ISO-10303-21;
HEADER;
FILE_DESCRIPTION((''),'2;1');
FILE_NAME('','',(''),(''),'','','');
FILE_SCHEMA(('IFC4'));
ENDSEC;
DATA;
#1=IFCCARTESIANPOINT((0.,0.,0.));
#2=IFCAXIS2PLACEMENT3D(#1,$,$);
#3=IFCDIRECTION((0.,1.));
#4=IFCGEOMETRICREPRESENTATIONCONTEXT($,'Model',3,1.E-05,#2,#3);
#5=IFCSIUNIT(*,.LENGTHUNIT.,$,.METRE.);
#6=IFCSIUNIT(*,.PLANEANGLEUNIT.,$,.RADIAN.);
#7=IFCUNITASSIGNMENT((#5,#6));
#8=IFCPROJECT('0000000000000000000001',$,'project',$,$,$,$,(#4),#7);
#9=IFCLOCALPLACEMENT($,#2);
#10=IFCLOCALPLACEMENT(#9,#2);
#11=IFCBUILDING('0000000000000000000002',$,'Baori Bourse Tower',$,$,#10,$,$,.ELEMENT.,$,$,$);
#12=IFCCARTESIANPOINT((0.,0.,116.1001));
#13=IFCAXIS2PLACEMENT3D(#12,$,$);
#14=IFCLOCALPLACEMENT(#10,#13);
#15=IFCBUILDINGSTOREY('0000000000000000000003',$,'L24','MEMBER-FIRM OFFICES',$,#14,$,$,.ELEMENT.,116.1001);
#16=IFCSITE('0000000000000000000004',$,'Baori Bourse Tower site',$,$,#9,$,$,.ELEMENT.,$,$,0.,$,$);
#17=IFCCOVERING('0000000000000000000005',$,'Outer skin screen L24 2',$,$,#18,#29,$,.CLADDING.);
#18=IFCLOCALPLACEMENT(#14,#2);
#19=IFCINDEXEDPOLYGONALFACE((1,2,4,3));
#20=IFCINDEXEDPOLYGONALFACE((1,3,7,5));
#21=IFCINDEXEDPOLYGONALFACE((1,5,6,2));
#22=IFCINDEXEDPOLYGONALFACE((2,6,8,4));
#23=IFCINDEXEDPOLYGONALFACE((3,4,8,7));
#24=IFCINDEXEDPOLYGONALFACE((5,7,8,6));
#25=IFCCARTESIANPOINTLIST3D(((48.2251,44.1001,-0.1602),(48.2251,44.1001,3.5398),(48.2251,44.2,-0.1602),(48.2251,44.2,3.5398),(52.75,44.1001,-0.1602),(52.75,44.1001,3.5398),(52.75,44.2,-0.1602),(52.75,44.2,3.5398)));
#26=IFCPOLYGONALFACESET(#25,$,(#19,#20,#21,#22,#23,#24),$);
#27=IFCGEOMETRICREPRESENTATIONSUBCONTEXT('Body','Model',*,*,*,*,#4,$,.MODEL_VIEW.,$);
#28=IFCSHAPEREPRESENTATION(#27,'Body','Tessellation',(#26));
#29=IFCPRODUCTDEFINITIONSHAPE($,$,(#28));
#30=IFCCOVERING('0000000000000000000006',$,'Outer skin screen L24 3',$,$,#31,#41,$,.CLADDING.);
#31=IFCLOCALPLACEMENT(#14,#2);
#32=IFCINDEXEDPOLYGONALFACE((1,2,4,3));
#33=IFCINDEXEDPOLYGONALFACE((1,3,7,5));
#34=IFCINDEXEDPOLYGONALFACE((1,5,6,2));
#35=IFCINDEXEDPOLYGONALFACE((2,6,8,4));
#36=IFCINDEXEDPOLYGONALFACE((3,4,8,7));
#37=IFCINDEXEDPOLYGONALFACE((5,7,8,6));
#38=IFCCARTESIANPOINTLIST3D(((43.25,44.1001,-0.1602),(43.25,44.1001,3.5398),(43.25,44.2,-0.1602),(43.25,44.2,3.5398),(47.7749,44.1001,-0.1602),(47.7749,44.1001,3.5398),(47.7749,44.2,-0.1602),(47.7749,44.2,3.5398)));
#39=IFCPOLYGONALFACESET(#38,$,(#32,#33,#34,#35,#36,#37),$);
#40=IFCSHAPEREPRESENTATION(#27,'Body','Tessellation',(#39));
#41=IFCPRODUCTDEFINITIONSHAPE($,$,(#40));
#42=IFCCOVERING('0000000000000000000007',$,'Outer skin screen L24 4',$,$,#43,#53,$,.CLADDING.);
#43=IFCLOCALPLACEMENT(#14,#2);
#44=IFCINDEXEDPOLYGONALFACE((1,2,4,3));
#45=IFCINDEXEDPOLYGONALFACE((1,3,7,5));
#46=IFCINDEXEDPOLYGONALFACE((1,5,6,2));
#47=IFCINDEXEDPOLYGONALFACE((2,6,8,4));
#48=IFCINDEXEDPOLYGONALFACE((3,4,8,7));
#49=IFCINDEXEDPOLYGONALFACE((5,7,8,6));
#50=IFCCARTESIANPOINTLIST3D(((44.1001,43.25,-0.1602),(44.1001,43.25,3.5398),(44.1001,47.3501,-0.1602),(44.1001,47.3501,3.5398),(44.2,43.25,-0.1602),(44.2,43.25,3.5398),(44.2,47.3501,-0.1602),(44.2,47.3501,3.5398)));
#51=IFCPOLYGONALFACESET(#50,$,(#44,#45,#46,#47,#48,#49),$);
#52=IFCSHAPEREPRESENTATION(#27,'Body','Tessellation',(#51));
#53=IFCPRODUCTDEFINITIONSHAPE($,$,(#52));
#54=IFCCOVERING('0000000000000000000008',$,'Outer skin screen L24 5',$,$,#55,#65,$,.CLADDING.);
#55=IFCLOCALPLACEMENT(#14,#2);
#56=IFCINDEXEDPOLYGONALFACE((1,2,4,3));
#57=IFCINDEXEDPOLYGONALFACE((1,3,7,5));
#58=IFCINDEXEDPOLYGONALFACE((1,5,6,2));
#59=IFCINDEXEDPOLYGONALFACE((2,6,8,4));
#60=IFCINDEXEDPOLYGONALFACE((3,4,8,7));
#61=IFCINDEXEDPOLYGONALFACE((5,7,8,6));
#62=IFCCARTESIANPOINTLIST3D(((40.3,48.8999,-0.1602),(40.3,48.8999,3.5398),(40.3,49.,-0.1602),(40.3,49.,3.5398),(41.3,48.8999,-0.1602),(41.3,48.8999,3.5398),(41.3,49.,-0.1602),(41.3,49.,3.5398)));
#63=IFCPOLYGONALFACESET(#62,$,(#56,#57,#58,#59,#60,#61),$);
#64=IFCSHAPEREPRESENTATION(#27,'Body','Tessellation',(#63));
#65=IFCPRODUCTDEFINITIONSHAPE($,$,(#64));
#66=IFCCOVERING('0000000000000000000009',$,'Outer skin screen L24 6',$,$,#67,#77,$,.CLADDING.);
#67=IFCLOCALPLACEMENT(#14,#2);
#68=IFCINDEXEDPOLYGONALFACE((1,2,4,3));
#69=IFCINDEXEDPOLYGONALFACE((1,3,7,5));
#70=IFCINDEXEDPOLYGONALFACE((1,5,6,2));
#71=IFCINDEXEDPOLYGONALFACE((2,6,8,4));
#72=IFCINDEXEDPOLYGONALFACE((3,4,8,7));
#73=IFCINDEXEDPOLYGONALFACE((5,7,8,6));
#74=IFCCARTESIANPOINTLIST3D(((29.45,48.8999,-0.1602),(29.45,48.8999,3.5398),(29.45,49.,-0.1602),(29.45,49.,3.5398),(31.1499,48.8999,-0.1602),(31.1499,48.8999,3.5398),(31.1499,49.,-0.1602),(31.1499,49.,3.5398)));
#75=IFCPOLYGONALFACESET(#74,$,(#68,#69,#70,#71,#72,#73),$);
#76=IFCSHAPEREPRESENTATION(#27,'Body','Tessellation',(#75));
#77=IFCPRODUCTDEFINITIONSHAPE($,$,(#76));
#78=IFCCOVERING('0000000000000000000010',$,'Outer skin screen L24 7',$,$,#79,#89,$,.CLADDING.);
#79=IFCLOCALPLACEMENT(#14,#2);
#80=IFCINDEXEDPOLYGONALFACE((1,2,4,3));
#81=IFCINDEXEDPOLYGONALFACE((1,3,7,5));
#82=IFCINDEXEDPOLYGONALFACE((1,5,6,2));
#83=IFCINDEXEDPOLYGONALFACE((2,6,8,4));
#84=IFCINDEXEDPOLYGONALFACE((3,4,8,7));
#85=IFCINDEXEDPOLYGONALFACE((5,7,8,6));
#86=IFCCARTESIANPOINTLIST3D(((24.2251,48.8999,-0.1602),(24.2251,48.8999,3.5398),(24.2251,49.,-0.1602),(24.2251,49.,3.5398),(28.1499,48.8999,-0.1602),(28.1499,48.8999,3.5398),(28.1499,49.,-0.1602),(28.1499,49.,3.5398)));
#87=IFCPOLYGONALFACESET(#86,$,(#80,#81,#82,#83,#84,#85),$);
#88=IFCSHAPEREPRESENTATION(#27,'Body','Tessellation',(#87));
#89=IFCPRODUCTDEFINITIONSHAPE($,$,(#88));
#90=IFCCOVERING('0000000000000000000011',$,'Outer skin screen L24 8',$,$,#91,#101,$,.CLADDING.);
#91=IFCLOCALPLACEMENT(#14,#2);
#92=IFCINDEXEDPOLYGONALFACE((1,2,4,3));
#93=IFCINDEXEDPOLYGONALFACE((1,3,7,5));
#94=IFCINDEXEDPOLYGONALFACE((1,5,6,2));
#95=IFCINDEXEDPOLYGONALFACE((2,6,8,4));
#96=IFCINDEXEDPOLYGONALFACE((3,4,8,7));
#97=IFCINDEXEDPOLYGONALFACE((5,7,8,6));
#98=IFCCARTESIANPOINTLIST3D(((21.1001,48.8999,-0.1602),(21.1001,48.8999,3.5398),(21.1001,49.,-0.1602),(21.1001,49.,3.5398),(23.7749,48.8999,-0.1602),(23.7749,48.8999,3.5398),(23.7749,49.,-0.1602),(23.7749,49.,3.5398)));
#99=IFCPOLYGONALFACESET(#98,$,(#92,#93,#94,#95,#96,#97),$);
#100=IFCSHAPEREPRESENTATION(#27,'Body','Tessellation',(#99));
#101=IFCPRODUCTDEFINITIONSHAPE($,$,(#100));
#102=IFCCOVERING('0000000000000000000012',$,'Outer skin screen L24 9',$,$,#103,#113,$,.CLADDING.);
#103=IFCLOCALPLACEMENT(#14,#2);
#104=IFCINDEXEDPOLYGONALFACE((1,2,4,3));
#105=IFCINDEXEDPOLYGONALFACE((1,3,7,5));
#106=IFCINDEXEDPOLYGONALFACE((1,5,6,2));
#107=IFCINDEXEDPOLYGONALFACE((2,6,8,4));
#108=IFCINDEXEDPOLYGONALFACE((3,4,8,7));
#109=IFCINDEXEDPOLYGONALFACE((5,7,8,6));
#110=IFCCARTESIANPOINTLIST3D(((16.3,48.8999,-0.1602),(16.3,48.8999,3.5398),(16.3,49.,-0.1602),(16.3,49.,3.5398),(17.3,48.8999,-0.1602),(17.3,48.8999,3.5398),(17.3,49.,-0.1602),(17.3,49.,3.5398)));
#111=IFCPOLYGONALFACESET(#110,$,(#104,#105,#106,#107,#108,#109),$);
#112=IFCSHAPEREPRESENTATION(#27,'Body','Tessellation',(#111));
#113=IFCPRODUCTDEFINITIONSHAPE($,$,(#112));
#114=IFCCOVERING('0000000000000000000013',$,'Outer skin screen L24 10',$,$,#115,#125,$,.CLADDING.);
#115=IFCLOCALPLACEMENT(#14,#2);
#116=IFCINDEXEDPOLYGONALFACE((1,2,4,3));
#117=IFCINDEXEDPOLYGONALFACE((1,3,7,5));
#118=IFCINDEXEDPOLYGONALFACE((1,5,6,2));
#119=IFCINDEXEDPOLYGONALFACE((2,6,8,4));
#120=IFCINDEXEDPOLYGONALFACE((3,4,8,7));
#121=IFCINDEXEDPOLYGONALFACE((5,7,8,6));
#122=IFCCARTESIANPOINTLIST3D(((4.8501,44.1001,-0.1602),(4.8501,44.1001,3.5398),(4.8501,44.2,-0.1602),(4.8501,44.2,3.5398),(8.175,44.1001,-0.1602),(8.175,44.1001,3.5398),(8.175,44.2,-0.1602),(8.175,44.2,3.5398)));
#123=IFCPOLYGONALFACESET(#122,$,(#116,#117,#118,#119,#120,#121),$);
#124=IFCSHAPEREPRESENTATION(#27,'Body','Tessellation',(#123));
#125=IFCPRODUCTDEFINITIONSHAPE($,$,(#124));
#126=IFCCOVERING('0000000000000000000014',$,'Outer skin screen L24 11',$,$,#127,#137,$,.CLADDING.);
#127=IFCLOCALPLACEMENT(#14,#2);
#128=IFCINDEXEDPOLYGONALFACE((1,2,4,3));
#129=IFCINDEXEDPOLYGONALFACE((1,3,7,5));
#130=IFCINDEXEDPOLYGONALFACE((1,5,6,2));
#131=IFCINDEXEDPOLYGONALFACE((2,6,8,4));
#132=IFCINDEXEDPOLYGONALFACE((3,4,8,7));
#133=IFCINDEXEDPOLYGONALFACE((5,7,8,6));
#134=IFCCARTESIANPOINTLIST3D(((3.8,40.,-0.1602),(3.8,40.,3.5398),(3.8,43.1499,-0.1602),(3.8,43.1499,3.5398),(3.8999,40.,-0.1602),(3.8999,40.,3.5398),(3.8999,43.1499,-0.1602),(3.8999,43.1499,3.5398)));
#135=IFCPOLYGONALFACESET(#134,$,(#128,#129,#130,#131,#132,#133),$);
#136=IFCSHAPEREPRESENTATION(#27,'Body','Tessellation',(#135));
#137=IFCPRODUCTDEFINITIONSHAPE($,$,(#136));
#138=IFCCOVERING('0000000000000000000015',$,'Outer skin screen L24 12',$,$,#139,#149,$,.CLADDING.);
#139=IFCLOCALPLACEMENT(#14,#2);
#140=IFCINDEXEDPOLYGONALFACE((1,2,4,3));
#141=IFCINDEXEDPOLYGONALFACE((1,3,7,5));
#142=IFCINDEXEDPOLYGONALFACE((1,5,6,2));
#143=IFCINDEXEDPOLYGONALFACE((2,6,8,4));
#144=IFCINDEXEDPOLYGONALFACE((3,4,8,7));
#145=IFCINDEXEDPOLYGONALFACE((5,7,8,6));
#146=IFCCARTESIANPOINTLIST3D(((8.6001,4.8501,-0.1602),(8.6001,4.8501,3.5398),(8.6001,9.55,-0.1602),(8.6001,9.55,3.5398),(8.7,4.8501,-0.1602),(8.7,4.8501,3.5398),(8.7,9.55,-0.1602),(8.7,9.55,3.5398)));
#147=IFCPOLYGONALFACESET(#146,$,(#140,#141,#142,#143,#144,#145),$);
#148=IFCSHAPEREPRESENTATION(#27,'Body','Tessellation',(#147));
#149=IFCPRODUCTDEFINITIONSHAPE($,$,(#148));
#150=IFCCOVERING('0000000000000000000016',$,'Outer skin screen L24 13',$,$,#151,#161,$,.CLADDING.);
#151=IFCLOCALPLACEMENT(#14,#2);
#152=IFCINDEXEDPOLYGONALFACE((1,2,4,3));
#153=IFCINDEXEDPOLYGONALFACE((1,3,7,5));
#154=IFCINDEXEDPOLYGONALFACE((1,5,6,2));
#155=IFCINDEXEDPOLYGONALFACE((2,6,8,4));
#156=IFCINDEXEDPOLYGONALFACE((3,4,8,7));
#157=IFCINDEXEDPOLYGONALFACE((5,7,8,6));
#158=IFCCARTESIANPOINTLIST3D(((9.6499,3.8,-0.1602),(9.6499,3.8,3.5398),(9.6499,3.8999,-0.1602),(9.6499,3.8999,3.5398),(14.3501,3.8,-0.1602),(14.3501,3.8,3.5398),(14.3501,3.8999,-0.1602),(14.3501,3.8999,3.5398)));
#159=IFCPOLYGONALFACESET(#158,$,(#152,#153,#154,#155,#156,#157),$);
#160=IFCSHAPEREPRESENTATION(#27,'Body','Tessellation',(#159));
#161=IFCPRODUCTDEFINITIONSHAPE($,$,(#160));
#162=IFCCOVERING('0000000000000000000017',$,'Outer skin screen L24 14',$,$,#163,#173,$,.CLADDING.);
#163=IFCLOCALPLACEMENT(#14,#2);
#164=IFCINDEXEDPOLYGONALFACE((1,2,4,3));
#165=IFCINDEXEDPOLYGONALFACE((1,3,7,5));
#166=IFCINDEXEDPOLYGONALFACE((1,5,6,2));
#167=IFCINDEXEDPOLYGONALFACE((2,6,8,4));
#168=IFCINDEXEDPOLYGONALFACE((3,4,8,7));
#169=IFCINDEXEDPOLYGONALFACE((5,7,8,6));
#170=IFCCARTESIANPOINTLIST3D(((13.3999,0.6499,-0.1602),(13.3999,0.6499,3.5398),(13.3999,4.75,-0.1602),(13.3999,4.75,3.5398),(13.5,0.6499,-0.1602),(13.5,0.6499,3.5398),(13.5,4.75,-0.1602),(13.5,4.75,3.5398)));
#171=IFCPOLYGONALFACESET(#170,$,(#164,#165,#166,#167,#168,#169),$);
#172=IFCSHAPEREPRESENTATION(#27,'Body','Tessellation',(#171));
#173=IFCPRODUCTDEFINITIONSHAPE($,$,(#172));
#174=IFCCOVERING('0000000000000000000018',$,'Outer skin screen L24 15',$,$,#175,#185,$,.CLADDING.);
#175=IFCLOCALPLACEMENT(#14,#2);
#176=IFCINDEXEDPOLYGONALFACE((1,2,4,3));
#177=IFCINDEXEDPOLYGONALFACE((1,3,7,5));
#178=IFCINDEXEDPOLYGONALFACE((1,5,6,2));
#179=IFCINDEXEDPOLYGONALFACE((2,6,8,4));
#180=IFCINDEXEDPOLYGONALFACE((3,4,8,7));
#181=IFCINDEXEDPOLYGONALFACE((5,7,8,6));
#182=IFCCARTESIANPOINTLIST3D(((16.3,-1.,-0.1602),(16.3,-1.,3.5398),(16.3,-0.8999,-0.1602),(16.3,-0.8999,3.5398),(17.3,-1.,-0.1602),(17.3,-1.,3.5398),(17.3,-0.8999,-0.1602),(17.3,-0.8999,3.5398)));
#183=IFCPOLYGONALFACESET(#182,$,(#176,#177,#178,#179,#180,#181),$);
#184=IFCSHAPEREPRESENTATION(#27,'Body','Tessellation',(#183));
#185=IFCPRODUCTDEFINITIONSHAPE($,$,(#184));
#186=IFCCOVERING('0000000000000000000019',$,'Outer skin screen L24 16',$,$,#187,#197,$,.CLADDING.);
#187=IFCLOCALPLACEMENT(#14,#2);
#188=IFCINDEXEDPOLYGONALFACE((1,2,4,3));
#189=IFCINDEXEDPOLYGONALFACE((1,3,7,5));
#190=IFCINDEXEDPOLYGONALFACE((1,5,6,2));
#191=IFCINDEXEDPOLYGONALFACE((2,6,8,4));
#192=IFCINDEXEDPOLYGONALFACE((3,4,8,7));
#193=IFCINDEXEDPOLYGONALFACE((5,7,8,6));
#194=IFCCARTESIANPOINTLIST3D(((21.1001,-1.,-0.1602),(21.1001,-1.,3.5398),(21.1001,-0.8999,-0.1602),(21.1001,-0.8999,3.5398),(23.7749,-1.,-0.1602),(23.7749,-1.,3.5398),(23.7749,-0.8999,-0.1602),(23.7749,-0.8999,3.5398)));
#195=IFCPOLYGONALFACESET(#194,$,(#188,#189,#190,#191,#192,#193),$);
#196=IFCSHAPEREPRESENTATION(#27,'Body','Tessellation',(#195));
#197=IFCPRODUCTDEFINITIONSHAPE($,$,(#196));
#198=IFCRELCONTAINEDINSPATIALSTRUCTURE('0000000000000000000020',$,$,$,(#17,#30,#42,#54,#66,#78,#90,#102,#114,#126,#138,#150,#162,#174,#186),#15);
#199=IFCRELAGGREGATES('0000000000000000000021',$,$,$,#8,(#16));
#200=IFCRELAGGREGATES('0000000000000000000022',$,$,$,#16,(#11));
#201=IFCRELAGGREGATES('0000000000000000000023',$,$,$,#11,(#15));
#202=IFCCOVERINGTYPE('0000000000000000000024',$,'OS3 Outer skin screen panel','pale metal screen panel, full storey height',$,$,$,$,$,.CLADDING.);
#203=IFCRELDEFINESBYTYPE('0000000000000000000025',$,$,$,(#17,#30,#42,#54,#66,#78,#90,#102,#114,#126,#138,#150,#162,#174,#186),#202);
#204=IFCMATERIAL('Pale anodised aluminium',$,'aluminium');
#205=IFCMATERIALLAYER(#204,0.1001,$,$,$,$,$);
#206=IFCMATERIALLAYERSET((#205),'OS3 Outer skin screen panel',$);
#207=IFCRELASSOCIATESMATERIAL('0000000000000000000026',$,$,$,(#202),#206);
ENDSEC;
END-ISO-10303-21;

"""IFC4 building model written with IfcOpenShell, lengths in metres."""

from ifc_helpers import new_model, si_unit, direction, frame, origin, place, context, subcontext, project, spatial, polyline, outline, extrude, material, layer, layer_set, type_object, element, save


model = new_model("IFC4")

# Units and contexts
model_context = context("Model", 3, precision=1e-05, world=origin(), true_north=direction((0.0, 1.0)))
body_context = subcontext(model_context, "Body", "Model", "MODEL_VIEW")
ifc_project = project(units=[si_unit("LENGTHUNIT", "METRE"), si_unit("PLANEANGLEUNIT", "RADIAN")], contexts=[model_context])

# Site, building, storey
site_placement = place(None, origin())
site = spatial("IfcSite", under=ifc_project, at=site_placement, Name="Baori Bourse Tower site", CompositionType="ELEMENT", RefElevation=0.0)
building_placement = place(site_placement, origin())
building = spatial("IfcBuilding", under=site, at=building_placement, Name="Baori Bourse Tower", CompositionType="ELEMENT")
storey_placement = place(building_placement, frame((0.0, 0.0, 116.1001)))
storey = spatial("IfcBuildingStorey", under=building, at=storey_placement, Name="L24", Description="MEMBER-FIRM OFFICES", CompositionType="ELEMENT", Elevation=116.1001)

# Coverings
ifc_material_1 = material(Name="Pale anodised aluminium", Category="aluminium")
ifc_layer_1 = layer(ifc_material_1, 0.1001)
ifc_layer_set_1 = layer_set([ifc_layer_1], Name="OS3 Outer skin screen panel")
covering_type = type_object("IfcCoveringType", Name="OS3 Outer skin screen panel", Description="pale metal screen panel, full storey height", PredefinedType="CLADDING", material=ifc_layer_set_1)
covering_1_placement = place(storey_placement, frame((0.0, 0.0, -0.1602)))
element("IfcCovering", 1, at=covering_1_placement, inside=storey, type_object=covering_type, Name="Outer skin screen L24 2", PredefinedType="CLADDING", context=body_context, shape_type="SweptSolid", body=[
    extrude(outline(polyline([(48.2251, 44.1001), (52.75, 44.1001), (52.75, 44.2), (48.2251, 44.2), (48.2251, 44.1001)])), origin(), (0.0, 0.0, 1.0), 3.7),
])
covering_2_placement = place(storey_placement, frame((0.0, 0.0, -0.1602)))
element("IfcCovering", 2, at=covering_2_placement, inside=storey, type_object=covering_type, Name="Outer skin screen L24 3", PredefinedType="CLADDING", context=body_context, shape_type="SweptSolid", body=[
    extrude(outline(polyline([(43.25, 44.1001), (47.7749, 44.1001), (47.7749, 44.2), (43.25, 44.2), (43.25, 44.1001)])), origin(), (0.0, 0.0, 1.0), 3.7),
])
covering_3_placement = place(storey_placement, frame((0.0, 0.0, -0.1602)))
element("IfcCovering", 3, at=covering_3_placement, inside=storey, type_object=covering_type, Name="Outer skin screen L24 4", PredefinedType="CLADDING", context=body_context, shape_type="SweptSolid", body=[
    extrude(outline(polyline([(44.1001, 47.3501), (44.1001, 43.25), (44.2, 43.25), (44.2, 47.3501), (44.1001, 47.3501)])), origin(), (0.0, 0.0, 1.0), 3.7),
])
covering_4_placement = place(storey_placement, frame((0.0, 0.0, -0.1602)))
element("IfcCovering", 4, at=covering_4_placement, inside=storey, type_object=covering_type, Name="Outer skin screen L24 5", PredefinedType="CLADDING", context=body_context, shape_type="SweptSolid", body=[
    extrude(outline(polyline([(40.3, 48.8999), (41.3, 48.8999), (41.3, 49.0), (40.3, 49.0), (40.3, 48.8999)])), origin(), (0.0, 0.0, 1.0), 3.7),
])
covering_5_placement = place(storey_placement, frame((0.0, 0.0, -0.1602)))
element("IfcCovering", 5, at=covering_5_placement, inside=storey, type_object=covering_type, Name="Outer skin screen L24 6", PredefinedType="CLADDING", context=body_context, shape_type="SweptSolid", body=[
    extrude(outline(polyline([(29.45, 48.8999), (31.1499, 48.8999), (31.1499, 49.0), (29.45, 49.0), (29.45, 48.8999)])), origin(), (0.0, 0.0, 1.0), 3.7),
])
covering_6_placement = place(storey_placement, frame((0.0, 0.0, -0.1602)))
element("IfcCovering", 6, at=covering_6_placement, inside=storey, type_object=covering_type, Name="Outer skin screen L24 7", PredefinedType="CLADDING", context=body_context, shape_type="SweptSolid", body=[
    extrude(outline(polyline([(24.2251, 48.8999), (28.1499, 48.8999), (28.1499, 49.0), (24.2251, 49.0), (24.2251, 48.8999)])), origin(), (0.0, 0.0, 1.0), 3.7),
])
covering_7_placement = place(storey_placement, frame((0.0, 0.0, -0.1602)))
element("IfcCovering", 7, at=covering_7_placement, inside=storey, type_object=covering_type, Name="Outer skin screen L24 8", PredefinedType="CLADDING", context=body_context, shape_type="SweptSolid", body=[
    extrude(outline(polyline([(21.1001, 48.8999), (23.7749, 48.8999), (23.7749, 49.0), (21.1001, 49.0), (21.1001, 48.8999)])), origin(), (0.0, 0.0, 1.0), 3.7),
])
covering_8_placement = place(storey_placement, frame((0.0, 0.0, -0.1602)))
element("IfcCovering", 8, at=covering_8_placement, inside=storey, type_object=covering_type, Name="Outer skin screen L24 9", PredefinedType="CLADDING", context=body_context, shape_type="SweptSolid", body=[
    extrude(outline(polyline([(16.3, 48.8999), (17.3, 48.8999), (17.3, 49.0), (16.3, 49.0), (16.3, 48.8999)])), origin(), (0.0, 0.0, 1.0), 3.7),
])
covering_9_placement = place(storey_placement, frame((0.0, 0.0, -0.1602)))
element("IfcCovering", 9, at=covering_9_placement, inside=storey, type_object=covering_type, Name="Outer skin screen L24 10", PredefinedType="CLADDING", context=body_context, shape_type="SweptSolid", body=[
    extrude(outline(polyline([(4.8501, 44.1001), (8.175, 44.1001), (8.175, 44.2), (4.8501, 44.2), (4.8501, 44.1001)])), origin(), (0.0, 0.0, 1.0), 3.7),
])
covering_10_placement = place(storey_placement, frame((0.0, 0.0, -0.1602)))
element("IfcCovering", 10, at=covering_10_placement, inside=storey, type_object=covering_type, Name="Outer skin screen L24 11", PredefinedType="CLADDING", context=body_context, shape_type="SweptSolid", body=[
    extrude(outline(polyline([(3.8999, 40.0), (3.8999, 43.1499), (3.8, 43.1499), (3.8, 40.0), (3.8999, 40.0), (3.8999, 40.0)])), origin(), (0.0, 0.0, 1.0), 3.7),
])
covering_11_placement = place(storey_placement, frame((0.0, 0.0, -0.1602)))
element("IfcCovering", 11, at=covering_11_placement, inside=storey, type_object=covering_type, Name="Outer skin screen L24 12", PredefinedType="CLADDING", context=body_context, shape_type="SweptSolid", body=[
    extrude(outline(polyline([(8.7, 4.8501), (8.7, 9.55), (8.6001, 9.55), (8.6001, 4.8501), (8.7, 4.8501)])), origin(), (0.0, 0.0, 1.0), 3.7),
])
covering_12_placement = place(storey_placement, frame((0.0, 0.0, -0.1602)))
element("IfcCovering", 12, at=covering_12_placement, inside=storey, type_object=covering_type, Name="Outer skin screen L24 13", PredefinedType="CLADDING", context=body_context, shape_type="SweptSolid", body=[
    extrude(outline(polyline([(14.3501, 3.8999), (9.6499, 3.8999), (9.6499, 3.8), (14.3501, 3.8), (14.3501, 3.8999)])), origin(), (0.0, 0.0, 1.0), 3.7),
])
covering_13_placement = place(storey_placement, frame((0.0, 0.0, -0.1602)))
element("IfcCovering", 13, at=covering_13_placement, inside=storey, type_object=covering_type, Name="Outer skin screen L24 14", PredefinedType="CLADDING", context=body_context, shape_type="SweptSolid", body=[
    extrude(outline(polyline([(13.5, 0.6499), (13.5, 4.75), (13.3999, 4.75), (13.3999, 0.6499), (13.5, 0.6499)])), origin(), (0.0, 0.0, 1.0), 3.7),
])
covering_14_placement = place(storey_placement, frame((0.0, 0.0, -0.1602)))
element("IfcCovering", 14, at=covering_14_placement, inside=storey, type_object=covering_type, Name="Outer skin screen L24 15", PredefinedType="CLADDING", context=body_context, shape_type="SweptSolid", body=[
    extrude(outline(polyline([(17.3, -0.8999), (16.3, -0.8999), (16.3, -1.0), (17.3, -1.0), (17.3, -0.8999)])), origin(), (0.0, 0.0, 1.0), 3.7),
])
covering_15_placement = place(storey_placement, frame((0.0, 0.0, -0.1602)))
element("IfcCovering", 15, at=covering_15_placement, inside=storey, type_object=covering_type, Name="Outer skin screen L24 16", PredefinedType="CLADDING", context=body_context, shape_type="SweptSolid", body=[
    extrude(outline(polyline([(23.7749, -0.8999), (21.1001, -0.8999), (21.1001, -1.0), (23.7749, -1.0), (23.7749, -0.8999)])), origin(), (0.0, 0.0, 1.0), 3.7),
])

save(model, "model.ifc")
